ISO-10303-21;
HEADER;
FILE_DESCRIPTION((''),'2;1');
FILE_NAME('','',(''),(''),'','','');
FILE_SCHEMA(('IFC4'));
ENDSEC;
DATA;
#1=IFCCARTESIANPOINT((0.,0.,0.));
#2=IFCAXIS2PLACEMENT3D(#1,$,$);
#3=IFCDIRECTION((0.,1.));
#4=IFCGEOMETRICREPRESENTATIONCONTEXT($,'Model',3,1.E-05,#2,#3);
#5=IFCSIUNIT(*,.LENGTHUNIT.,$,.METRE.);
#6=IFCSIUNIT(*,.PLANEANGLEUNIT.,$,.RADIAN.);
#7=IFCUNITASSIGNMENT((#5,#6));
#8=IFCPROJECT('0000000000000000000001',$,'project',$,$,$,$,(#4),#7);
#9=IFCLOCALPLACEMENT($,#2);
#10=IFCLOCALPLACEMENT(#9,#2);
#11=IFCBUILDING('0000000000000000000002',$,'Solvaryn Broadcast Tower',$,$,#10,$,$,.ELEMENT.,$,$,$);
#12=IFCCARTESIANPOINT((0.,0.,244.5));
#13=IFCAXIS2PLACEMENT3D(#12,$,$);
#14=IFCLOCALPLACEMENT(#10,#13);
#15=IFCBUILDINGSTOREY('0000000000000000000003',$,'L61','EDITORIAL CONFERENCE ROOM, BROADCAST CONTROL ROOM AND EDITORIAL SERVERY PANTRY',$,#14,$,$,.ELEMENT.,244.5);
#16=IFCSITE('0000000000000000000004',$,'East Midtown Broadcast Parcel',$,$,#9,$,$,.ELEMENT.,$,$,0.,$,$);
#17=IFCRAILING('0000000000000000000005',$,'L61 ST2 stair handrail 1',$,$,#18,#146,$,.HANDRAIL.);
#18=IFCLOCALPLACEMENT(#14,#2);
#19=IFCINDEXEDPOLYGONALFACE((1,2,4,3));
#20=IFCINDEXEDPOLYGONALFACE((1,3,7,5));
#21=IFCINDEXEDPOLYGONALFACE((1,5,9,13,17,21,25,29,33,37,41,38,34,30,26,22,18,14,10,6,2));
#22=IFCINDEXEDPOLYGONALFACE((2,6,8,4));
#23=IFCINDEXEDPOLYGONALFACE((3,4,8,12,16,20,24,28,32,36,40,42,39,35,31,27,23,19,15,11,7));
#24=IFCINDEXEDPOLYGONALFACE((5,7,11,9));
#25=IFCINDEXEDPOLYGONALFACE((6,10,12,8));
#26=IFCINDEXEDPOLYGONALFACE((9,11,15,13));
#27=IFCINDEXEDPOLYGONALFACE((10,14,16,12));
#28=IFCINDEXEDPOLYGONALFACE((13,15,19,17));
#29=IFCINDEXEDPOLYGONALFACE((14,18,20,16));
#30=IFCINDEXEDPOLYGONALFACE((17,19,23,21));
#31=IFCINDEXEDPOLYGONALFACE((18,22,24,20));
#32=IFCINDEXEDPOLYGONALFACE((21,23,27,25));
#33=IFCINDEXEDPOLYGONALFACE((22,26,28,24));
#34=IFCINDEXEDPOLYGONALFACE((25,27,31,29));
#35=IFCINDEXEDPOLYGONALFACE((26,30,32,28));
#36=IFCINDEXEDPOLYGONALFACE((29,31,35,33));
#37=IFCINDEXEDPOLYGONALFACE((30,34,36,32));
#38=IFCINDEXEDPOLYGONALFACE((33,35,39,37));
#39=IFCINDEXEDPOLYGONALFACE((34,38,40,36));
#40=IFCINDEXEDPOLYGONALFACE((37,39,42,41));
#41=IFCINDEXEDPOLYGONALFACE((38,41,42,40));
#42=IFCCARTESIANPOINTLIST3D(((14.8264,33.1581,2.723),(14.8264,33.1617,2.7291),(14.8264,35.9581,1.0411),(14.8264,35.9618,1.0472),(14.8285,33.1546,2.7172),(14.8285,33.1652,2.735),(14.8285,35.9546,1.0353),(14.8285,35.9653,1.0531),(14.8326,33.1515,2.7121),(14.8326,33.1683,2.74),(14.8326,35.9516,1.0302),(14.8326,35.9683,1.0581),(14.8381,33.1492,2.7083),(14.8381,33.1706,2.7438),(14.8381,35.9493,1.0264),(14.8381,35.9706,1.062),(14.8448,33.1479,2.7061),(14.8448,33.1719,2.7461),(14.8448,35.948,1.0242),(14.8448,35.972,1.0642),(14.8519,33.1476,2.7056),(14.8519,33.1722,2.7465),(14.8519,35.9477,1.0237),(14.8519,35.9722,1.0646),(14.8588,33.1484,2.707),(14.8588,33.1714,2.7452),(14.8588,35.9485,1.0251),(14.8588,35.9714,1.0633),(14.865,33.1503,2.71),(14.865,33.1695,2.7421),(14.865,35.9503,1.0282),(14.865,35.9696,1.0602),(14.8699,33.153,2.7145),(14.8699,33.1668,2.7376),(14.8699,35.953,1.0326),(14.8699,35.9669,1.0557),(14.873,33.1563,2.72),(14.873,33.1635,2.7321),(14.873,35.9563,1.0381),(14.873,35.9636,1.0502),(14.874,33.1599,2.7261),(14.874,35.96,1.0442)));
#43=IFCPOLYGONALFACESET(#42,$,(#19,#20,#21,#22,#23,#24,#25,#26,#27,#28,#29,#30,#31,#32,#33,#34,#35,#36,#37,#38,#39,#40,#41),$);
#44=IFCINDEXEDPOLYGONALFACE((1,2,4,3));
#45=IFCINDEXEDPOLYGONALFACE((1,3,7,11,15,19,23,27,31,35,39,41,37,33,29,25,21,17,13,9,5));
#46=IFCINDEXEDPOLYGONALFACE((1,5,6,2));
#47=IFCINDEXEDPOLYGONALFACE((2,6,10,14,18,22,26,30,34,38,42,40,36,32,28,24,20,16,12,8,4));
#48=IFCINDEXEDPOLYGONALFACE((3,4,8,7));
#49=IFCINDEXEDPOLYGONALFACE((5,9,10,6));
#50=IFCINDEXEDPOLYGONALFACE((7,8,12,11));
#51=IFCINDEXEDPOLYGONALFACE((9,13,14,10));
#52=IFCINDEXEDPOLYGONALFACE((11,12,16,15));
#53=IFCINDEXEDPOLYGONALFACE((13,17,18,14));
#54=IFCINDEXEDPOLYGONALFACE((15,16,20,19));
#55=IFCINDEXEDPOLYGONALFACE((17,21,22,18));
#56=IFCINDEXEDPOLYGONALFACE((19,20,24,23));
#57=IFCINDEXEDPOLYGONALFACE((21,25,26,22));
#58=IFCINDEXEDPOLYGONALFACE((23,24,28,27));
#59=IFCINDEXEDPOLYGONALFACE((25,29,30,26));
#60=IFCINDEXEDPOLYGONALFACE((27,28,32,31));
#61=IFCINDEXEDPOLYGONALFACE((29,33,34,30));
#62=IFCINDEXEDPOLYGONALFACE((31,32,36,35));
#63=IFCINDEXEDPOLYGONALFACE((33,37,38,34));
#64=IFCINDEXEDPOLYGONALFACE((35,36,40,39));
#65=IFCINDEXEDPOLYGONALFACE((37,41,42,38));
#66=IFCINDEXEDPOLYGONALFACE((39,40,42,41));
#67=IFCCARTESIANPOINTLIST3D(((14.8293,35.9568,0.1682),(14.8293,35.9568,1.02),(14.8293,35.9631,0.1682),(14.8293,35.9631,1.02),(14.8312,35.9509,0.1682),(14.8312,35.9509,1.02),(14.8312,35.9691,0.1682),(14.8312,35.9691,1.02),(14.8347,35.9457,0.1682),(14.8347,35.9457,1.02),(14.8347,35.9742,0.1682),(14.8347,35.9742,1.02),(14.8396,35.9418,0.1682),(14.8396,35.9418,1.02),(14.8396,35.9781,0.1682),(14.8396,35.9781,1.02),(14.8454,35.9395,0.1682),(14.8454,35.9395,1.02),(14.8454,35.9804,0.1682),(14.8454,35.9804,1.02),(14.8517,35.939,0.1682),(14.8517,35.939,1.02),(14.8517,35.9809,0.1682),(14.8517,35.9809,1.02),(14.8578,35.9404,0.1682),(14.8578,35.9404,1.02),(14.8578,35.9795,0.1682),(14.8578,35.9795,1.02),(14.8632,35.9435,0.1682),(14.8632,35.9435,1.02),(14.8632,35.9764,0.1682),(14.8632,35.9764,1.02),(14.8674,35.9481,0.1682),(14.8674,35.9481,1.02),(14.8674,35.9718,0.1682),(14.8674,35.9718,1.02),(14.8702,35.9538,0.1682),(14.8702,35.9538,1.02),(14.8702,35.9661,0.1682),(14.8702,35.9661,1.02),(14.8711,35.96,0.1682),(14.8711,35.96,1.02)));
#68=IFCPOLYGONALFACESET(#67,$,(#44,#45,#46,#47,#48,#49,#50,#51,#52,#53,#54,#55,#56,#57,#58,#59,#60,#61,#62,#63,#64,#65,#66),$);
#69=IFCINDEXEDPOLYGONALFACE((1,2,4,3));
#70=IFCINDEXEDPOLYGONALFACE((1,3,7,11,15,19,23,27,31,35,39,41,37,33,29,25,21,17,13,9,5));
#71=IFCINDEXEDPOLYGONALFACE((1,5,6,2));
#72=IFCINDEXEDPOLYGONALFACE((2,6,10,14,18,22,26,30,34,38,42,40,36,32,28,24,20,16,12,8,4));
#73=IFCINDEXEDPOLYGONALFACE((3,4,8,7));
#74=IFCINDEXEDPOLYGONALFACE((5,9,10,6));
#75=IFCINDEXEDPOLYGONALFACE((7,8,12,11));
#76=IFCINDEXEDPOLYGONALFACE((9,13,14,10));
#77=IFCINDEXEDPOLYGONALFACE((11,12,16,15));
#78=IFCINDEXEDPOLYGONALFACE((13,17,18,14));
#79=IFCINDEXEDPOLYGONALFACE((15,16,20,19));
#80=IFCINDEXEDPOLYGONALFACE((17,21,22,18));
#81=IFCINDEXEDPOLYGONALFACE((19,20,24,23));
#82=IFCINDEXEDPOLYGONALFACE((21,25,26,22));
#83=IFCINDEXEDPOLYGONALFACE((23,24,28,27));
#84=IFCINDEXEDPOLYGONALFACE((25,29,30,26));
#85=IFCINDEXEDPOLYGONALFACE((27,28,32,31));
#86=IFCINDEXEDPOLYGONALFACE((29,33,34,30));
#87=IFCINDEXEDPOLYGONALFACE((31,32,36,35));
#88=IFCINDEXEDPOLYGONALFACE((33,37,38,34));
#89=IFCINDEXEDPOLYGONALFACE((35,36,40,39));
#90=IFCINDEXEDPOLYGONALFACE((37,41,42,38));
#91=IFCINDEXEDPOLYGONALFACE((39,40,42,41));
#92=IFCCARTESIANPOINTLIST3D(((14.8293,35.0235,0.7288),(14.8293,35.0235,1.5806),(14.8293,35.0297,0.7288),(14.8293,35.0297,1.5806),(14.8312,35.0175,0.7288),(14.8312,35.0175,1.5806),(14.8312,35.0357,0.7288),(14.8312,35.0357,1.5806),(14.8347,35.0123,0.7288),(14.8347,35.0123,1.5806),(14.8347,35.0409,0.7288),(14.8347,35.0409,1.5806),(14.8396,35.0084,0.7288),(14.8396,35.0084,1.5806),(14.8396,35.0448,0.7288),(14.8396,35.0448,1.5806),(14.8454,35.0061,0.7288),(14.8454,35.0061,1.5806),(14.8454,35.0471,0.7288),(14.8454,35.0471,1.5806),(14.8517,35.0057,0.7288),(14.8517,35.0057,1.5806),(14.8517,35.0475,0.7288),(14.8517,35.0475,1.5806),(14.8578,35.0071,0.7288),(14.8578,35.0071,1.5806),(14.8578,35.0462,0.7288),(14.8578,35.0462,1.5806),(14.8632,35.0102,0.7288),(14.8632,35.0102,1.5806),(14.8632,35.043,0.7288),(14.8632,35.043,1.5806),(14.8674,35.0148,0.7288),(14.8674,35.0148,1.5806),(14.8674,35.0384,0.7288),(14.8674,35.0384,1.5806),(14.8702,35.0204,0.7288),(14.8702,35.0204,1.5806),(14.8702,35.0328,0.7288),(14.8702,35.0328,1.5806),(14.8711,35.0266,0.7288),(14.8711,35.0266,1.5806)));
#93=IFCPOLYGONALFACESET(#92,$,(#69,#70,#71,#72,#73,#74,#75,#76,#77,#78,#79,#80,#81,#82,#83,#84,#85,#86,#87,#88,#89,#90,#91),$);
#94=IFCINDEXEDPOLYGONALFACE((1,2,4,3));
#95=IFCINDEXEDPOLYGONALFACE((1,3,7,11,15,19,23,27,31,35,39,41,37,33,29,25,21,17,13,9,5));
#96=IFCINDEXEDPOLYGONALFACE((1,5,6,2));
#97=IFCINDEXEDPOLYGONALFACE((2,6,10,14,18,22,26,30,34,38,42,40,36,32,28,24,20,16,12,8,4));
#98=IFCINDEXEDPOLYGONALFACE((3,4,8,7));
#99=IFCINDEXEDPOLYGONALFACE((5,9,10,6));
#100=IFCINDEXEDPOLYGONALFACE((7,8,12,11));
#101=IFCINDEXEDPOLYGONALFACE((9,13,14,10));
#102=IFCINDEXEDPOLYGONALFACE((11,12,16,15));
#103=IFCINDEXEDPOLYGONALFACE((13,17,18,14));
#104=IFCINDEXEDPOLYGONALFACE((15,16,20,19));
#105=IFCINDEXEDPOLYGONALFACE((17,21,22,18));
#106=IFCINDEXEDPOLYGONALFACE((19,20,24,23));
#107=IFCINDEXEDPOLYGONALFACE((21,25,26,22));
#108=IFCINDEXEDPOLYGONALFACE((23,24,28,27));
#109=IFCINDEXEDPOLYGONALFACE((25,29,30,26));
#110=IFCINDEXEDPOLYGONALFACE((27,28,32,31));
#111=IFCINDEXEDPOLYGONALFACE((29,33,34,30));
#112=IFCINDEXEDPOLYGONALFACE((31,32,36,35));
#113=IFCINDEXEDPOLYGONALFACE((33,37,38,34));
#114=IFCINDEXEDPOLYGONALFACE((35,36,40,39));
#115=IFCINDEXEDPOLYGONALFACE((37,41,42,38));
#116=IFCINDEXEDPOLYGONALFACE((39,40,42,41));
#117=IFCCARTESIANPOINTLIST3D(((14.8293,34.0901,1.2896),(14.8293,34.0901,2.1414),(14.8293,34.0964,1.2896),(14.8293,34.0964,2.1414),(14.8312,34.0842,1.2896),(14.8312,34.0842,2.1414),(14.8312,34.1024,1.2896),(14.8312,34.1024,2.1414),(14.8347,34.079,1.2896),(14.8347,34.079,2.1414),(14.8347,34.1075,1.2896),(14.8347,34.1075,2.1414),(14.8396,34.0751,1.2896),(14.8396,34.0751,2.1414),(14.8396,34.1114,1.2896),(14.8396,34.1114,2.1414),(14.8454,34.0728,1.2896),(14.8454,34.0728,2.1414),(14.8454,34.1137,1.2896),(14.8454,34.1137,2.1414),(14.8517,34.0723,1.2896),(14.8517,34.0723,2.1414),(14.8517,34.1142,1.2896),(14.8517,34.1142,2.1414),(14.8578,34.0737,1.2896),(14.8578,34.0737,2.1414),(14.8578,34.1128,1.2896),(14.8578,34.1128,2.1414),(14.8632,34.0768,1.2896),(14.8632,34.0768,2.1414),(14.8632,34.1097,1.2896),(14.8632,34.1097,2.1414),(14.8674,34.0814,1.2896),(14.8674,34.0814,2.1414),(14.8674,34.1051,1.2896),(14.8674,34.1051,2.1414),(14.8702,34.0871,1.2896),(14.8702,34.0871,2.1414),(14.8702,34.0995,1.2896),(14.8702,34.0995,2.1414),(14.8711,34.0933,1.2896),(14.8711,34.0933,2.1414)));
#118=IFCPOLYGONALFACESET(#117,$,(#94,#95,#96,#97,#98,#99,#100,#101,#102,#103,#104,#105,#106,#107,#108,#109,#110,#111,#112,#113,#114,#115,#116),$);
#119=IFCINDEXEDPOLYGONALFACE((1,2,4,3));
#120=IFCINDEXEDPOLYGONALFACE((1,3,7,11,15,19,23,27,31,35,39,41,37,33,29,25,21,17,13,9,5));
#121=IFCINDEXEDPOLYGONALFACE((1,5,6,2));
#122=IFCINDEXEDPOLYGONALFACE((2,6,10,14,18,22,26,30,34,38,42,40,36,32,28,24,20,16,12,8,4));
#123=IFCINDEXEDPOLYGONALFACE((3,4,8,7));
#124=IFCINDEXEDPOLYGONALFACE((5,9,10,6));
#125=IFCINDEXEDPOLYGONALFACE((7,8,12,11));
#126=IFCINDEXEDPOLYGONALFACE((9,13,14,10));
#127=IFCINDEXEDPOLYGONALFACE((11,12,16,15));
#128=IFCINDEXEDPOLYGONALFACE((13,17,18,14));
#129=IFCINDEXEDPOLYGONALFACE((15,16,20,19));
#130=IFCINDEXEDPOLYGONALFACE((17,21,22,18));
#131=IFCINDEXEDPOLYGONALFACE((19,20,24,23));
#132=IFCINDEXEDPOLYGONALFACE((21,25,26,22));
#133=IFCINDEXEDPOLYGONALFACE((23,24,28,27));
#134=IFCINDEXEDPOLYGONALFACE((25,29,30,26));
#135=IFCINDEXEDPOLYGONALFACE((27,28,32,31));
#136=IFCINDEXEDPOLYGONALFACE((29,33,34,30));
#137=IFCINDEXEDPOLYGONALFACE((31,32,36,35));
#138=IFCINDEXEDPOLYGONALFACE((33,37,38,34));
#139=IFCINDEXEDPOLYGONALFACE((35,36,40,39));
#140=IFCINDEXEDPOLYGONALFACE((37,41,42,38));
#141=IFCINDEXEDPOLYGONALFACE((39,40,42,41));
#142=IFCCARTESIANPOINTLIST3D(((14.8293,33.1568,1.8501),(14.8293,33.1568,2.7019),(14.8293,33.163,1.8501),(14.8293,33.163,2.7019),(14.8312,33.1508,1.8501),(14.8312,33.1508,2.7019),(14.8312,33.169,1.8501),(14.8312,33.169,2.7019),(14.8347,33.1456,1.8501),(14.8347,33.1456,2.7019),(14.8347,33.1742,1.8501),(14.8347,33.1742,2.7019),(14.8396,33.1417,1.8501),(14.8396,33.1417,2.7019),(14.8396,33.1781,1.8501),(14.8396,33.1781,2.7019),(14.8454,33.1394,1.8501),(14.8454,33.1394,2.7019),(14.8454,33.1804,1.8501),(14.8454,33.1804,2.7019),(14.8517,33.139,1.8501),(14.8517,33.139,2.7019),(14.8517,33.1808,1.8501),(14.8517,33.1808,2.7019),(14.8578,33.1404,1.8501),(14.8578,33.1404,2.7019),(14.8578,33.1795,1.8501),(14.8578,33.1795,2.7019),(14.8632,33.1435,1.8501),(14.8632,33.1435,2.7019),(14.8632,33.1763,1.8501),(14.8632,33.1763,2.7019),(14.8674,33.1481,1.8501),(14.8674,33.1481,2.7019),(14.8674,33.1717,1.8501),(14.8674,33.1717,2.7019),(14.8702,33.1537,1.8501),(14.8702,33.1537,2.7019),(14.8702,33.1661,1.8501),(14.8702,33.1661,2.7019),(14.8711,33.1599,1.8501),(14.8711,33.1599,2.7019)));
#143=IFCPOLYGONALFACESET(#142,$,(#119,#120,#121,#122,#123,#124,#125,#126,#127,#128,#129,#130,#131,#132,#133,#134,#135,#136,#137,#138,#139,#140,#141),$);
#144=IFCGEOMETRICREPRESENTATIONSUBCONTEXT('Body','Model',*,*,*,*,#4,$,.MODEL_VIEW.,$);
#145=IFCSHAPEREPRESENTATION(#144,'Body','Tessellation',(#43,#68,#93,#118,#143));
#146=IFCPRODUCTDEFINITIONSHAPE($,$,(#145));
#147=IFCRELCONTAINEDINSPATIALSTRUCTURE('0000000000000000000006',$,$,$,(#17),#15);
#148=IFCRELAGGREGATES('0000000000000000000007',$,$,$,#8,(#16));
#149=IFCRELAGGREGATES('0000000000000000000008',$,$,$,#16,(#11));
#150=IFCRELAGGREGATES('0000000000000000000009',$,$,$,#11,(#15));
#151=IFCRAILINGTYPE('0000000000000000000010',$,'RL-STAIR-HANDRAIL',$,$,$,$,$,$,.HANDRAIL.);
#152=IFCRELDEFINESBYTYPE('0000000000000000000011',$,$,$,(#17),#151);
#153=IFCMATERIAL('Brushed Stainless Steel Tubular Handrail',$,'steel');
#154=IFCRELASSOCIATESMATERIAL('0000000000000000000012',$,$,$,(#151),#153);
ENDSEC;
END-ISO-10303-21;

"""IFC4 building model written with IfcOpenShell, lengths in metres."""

from ifc_helpers import new_model, si_unit, direction, frame, origin, origin_2d, place, context, subcontext, project, spatial, circle, extrude, material, type_object, element, save


model = new_model("IFC4")

# Units and contexts
model_context = context("Model", 3, precision=1e-05, world=origin(), true_north=direction((0.0, 1.0)))
body_context = subcontext(model_context, "Body", "Model", "MODEL_VIEW")
ifc_project = project(units=[si_unit("LENGTHUNIT", "METRE"), si_unit("PLANEANGLEUNIT", "RADIAN")], contexts=[model_context])

# Site, building, storey
site_placement = place(None, origin())
site = spatial("IfcSite", under=ifc_project, at=site_placement, Name="East Midtown Broadcast Parcel", CompositionType="ELEMENT", RefElevation=0.0)
building_placement = place(site_placement, origin())
building = spatial("IfcBuilding", under=site, at=building_placement, Name="Solvaryn Broadcast Tower", CompositionType="ELEMENT")
storey_placement = place(building_placement, frame((0.0, 0.0, 244.5)))
storey = spatial("IfcBuildingStorey", under=building, at=storey_placement, Name="L61", Description="EDITORIAL CONFERENCE ROOM, BROADCAST CONTROL ROOM AND EDITORIAL SERVERY PANTRY", CompositionType="ELEMENT", Elevation=244.5)

# Railing
ifc_material_1 = material(Name="Brushed Stainless Steel Tubular Handrail", Category="steel")
railing_type_1 = type_object("IfcRailingType", Name="RL-STAIR-HANDRAIL", PredefinedType="HANDRAIL", material=ifc_material_1)
railing_1_placement = place(storey_placement, frame((14.8501, 35.96, 0.1682)))
element("IfcRailing", 1, at=railing_1_placement, inside=storey, type_object=railing_type_1, Name="L61 ST2 stair handrail 1", PredefinedType="HANDRAIL", context=body_context, shape_type="SweptSolid", body=[
    extrude(circle(Radius=0.0239, at=origin_2d()), frame((0.0, 0.0, 0.876), z_axis=(0.0, -0.857242, 0.514913), x_axis=(1.0, 0.0, 0.0)), (0.0, 0.0, 1.0), 3.2664),
    extrude(circle(Radius=0.021, at=origin_2d()), origin(), (0.0, 0.0, 1.0), 0.8518),
    extrude(circle(Radius=0.021, at=origin_2d()), frame((0.0, -0.9333, 0.5605)), (0.0, 0.0, 1.0), 0.8518),
    extrude(circle(Radius=0.021, at=origin_2d()), frame((0.0, -1.8667, 1.1213)), (0.0, 0.0, 1.0), 0.8518),
    extrude(circle(Radius=0.021, at=origin_2d()), frame((0.0, -2.8, 1.6819)), (0.0, 0.0, 1.0), 0.8518),
])

save(model, "model.ifc")
